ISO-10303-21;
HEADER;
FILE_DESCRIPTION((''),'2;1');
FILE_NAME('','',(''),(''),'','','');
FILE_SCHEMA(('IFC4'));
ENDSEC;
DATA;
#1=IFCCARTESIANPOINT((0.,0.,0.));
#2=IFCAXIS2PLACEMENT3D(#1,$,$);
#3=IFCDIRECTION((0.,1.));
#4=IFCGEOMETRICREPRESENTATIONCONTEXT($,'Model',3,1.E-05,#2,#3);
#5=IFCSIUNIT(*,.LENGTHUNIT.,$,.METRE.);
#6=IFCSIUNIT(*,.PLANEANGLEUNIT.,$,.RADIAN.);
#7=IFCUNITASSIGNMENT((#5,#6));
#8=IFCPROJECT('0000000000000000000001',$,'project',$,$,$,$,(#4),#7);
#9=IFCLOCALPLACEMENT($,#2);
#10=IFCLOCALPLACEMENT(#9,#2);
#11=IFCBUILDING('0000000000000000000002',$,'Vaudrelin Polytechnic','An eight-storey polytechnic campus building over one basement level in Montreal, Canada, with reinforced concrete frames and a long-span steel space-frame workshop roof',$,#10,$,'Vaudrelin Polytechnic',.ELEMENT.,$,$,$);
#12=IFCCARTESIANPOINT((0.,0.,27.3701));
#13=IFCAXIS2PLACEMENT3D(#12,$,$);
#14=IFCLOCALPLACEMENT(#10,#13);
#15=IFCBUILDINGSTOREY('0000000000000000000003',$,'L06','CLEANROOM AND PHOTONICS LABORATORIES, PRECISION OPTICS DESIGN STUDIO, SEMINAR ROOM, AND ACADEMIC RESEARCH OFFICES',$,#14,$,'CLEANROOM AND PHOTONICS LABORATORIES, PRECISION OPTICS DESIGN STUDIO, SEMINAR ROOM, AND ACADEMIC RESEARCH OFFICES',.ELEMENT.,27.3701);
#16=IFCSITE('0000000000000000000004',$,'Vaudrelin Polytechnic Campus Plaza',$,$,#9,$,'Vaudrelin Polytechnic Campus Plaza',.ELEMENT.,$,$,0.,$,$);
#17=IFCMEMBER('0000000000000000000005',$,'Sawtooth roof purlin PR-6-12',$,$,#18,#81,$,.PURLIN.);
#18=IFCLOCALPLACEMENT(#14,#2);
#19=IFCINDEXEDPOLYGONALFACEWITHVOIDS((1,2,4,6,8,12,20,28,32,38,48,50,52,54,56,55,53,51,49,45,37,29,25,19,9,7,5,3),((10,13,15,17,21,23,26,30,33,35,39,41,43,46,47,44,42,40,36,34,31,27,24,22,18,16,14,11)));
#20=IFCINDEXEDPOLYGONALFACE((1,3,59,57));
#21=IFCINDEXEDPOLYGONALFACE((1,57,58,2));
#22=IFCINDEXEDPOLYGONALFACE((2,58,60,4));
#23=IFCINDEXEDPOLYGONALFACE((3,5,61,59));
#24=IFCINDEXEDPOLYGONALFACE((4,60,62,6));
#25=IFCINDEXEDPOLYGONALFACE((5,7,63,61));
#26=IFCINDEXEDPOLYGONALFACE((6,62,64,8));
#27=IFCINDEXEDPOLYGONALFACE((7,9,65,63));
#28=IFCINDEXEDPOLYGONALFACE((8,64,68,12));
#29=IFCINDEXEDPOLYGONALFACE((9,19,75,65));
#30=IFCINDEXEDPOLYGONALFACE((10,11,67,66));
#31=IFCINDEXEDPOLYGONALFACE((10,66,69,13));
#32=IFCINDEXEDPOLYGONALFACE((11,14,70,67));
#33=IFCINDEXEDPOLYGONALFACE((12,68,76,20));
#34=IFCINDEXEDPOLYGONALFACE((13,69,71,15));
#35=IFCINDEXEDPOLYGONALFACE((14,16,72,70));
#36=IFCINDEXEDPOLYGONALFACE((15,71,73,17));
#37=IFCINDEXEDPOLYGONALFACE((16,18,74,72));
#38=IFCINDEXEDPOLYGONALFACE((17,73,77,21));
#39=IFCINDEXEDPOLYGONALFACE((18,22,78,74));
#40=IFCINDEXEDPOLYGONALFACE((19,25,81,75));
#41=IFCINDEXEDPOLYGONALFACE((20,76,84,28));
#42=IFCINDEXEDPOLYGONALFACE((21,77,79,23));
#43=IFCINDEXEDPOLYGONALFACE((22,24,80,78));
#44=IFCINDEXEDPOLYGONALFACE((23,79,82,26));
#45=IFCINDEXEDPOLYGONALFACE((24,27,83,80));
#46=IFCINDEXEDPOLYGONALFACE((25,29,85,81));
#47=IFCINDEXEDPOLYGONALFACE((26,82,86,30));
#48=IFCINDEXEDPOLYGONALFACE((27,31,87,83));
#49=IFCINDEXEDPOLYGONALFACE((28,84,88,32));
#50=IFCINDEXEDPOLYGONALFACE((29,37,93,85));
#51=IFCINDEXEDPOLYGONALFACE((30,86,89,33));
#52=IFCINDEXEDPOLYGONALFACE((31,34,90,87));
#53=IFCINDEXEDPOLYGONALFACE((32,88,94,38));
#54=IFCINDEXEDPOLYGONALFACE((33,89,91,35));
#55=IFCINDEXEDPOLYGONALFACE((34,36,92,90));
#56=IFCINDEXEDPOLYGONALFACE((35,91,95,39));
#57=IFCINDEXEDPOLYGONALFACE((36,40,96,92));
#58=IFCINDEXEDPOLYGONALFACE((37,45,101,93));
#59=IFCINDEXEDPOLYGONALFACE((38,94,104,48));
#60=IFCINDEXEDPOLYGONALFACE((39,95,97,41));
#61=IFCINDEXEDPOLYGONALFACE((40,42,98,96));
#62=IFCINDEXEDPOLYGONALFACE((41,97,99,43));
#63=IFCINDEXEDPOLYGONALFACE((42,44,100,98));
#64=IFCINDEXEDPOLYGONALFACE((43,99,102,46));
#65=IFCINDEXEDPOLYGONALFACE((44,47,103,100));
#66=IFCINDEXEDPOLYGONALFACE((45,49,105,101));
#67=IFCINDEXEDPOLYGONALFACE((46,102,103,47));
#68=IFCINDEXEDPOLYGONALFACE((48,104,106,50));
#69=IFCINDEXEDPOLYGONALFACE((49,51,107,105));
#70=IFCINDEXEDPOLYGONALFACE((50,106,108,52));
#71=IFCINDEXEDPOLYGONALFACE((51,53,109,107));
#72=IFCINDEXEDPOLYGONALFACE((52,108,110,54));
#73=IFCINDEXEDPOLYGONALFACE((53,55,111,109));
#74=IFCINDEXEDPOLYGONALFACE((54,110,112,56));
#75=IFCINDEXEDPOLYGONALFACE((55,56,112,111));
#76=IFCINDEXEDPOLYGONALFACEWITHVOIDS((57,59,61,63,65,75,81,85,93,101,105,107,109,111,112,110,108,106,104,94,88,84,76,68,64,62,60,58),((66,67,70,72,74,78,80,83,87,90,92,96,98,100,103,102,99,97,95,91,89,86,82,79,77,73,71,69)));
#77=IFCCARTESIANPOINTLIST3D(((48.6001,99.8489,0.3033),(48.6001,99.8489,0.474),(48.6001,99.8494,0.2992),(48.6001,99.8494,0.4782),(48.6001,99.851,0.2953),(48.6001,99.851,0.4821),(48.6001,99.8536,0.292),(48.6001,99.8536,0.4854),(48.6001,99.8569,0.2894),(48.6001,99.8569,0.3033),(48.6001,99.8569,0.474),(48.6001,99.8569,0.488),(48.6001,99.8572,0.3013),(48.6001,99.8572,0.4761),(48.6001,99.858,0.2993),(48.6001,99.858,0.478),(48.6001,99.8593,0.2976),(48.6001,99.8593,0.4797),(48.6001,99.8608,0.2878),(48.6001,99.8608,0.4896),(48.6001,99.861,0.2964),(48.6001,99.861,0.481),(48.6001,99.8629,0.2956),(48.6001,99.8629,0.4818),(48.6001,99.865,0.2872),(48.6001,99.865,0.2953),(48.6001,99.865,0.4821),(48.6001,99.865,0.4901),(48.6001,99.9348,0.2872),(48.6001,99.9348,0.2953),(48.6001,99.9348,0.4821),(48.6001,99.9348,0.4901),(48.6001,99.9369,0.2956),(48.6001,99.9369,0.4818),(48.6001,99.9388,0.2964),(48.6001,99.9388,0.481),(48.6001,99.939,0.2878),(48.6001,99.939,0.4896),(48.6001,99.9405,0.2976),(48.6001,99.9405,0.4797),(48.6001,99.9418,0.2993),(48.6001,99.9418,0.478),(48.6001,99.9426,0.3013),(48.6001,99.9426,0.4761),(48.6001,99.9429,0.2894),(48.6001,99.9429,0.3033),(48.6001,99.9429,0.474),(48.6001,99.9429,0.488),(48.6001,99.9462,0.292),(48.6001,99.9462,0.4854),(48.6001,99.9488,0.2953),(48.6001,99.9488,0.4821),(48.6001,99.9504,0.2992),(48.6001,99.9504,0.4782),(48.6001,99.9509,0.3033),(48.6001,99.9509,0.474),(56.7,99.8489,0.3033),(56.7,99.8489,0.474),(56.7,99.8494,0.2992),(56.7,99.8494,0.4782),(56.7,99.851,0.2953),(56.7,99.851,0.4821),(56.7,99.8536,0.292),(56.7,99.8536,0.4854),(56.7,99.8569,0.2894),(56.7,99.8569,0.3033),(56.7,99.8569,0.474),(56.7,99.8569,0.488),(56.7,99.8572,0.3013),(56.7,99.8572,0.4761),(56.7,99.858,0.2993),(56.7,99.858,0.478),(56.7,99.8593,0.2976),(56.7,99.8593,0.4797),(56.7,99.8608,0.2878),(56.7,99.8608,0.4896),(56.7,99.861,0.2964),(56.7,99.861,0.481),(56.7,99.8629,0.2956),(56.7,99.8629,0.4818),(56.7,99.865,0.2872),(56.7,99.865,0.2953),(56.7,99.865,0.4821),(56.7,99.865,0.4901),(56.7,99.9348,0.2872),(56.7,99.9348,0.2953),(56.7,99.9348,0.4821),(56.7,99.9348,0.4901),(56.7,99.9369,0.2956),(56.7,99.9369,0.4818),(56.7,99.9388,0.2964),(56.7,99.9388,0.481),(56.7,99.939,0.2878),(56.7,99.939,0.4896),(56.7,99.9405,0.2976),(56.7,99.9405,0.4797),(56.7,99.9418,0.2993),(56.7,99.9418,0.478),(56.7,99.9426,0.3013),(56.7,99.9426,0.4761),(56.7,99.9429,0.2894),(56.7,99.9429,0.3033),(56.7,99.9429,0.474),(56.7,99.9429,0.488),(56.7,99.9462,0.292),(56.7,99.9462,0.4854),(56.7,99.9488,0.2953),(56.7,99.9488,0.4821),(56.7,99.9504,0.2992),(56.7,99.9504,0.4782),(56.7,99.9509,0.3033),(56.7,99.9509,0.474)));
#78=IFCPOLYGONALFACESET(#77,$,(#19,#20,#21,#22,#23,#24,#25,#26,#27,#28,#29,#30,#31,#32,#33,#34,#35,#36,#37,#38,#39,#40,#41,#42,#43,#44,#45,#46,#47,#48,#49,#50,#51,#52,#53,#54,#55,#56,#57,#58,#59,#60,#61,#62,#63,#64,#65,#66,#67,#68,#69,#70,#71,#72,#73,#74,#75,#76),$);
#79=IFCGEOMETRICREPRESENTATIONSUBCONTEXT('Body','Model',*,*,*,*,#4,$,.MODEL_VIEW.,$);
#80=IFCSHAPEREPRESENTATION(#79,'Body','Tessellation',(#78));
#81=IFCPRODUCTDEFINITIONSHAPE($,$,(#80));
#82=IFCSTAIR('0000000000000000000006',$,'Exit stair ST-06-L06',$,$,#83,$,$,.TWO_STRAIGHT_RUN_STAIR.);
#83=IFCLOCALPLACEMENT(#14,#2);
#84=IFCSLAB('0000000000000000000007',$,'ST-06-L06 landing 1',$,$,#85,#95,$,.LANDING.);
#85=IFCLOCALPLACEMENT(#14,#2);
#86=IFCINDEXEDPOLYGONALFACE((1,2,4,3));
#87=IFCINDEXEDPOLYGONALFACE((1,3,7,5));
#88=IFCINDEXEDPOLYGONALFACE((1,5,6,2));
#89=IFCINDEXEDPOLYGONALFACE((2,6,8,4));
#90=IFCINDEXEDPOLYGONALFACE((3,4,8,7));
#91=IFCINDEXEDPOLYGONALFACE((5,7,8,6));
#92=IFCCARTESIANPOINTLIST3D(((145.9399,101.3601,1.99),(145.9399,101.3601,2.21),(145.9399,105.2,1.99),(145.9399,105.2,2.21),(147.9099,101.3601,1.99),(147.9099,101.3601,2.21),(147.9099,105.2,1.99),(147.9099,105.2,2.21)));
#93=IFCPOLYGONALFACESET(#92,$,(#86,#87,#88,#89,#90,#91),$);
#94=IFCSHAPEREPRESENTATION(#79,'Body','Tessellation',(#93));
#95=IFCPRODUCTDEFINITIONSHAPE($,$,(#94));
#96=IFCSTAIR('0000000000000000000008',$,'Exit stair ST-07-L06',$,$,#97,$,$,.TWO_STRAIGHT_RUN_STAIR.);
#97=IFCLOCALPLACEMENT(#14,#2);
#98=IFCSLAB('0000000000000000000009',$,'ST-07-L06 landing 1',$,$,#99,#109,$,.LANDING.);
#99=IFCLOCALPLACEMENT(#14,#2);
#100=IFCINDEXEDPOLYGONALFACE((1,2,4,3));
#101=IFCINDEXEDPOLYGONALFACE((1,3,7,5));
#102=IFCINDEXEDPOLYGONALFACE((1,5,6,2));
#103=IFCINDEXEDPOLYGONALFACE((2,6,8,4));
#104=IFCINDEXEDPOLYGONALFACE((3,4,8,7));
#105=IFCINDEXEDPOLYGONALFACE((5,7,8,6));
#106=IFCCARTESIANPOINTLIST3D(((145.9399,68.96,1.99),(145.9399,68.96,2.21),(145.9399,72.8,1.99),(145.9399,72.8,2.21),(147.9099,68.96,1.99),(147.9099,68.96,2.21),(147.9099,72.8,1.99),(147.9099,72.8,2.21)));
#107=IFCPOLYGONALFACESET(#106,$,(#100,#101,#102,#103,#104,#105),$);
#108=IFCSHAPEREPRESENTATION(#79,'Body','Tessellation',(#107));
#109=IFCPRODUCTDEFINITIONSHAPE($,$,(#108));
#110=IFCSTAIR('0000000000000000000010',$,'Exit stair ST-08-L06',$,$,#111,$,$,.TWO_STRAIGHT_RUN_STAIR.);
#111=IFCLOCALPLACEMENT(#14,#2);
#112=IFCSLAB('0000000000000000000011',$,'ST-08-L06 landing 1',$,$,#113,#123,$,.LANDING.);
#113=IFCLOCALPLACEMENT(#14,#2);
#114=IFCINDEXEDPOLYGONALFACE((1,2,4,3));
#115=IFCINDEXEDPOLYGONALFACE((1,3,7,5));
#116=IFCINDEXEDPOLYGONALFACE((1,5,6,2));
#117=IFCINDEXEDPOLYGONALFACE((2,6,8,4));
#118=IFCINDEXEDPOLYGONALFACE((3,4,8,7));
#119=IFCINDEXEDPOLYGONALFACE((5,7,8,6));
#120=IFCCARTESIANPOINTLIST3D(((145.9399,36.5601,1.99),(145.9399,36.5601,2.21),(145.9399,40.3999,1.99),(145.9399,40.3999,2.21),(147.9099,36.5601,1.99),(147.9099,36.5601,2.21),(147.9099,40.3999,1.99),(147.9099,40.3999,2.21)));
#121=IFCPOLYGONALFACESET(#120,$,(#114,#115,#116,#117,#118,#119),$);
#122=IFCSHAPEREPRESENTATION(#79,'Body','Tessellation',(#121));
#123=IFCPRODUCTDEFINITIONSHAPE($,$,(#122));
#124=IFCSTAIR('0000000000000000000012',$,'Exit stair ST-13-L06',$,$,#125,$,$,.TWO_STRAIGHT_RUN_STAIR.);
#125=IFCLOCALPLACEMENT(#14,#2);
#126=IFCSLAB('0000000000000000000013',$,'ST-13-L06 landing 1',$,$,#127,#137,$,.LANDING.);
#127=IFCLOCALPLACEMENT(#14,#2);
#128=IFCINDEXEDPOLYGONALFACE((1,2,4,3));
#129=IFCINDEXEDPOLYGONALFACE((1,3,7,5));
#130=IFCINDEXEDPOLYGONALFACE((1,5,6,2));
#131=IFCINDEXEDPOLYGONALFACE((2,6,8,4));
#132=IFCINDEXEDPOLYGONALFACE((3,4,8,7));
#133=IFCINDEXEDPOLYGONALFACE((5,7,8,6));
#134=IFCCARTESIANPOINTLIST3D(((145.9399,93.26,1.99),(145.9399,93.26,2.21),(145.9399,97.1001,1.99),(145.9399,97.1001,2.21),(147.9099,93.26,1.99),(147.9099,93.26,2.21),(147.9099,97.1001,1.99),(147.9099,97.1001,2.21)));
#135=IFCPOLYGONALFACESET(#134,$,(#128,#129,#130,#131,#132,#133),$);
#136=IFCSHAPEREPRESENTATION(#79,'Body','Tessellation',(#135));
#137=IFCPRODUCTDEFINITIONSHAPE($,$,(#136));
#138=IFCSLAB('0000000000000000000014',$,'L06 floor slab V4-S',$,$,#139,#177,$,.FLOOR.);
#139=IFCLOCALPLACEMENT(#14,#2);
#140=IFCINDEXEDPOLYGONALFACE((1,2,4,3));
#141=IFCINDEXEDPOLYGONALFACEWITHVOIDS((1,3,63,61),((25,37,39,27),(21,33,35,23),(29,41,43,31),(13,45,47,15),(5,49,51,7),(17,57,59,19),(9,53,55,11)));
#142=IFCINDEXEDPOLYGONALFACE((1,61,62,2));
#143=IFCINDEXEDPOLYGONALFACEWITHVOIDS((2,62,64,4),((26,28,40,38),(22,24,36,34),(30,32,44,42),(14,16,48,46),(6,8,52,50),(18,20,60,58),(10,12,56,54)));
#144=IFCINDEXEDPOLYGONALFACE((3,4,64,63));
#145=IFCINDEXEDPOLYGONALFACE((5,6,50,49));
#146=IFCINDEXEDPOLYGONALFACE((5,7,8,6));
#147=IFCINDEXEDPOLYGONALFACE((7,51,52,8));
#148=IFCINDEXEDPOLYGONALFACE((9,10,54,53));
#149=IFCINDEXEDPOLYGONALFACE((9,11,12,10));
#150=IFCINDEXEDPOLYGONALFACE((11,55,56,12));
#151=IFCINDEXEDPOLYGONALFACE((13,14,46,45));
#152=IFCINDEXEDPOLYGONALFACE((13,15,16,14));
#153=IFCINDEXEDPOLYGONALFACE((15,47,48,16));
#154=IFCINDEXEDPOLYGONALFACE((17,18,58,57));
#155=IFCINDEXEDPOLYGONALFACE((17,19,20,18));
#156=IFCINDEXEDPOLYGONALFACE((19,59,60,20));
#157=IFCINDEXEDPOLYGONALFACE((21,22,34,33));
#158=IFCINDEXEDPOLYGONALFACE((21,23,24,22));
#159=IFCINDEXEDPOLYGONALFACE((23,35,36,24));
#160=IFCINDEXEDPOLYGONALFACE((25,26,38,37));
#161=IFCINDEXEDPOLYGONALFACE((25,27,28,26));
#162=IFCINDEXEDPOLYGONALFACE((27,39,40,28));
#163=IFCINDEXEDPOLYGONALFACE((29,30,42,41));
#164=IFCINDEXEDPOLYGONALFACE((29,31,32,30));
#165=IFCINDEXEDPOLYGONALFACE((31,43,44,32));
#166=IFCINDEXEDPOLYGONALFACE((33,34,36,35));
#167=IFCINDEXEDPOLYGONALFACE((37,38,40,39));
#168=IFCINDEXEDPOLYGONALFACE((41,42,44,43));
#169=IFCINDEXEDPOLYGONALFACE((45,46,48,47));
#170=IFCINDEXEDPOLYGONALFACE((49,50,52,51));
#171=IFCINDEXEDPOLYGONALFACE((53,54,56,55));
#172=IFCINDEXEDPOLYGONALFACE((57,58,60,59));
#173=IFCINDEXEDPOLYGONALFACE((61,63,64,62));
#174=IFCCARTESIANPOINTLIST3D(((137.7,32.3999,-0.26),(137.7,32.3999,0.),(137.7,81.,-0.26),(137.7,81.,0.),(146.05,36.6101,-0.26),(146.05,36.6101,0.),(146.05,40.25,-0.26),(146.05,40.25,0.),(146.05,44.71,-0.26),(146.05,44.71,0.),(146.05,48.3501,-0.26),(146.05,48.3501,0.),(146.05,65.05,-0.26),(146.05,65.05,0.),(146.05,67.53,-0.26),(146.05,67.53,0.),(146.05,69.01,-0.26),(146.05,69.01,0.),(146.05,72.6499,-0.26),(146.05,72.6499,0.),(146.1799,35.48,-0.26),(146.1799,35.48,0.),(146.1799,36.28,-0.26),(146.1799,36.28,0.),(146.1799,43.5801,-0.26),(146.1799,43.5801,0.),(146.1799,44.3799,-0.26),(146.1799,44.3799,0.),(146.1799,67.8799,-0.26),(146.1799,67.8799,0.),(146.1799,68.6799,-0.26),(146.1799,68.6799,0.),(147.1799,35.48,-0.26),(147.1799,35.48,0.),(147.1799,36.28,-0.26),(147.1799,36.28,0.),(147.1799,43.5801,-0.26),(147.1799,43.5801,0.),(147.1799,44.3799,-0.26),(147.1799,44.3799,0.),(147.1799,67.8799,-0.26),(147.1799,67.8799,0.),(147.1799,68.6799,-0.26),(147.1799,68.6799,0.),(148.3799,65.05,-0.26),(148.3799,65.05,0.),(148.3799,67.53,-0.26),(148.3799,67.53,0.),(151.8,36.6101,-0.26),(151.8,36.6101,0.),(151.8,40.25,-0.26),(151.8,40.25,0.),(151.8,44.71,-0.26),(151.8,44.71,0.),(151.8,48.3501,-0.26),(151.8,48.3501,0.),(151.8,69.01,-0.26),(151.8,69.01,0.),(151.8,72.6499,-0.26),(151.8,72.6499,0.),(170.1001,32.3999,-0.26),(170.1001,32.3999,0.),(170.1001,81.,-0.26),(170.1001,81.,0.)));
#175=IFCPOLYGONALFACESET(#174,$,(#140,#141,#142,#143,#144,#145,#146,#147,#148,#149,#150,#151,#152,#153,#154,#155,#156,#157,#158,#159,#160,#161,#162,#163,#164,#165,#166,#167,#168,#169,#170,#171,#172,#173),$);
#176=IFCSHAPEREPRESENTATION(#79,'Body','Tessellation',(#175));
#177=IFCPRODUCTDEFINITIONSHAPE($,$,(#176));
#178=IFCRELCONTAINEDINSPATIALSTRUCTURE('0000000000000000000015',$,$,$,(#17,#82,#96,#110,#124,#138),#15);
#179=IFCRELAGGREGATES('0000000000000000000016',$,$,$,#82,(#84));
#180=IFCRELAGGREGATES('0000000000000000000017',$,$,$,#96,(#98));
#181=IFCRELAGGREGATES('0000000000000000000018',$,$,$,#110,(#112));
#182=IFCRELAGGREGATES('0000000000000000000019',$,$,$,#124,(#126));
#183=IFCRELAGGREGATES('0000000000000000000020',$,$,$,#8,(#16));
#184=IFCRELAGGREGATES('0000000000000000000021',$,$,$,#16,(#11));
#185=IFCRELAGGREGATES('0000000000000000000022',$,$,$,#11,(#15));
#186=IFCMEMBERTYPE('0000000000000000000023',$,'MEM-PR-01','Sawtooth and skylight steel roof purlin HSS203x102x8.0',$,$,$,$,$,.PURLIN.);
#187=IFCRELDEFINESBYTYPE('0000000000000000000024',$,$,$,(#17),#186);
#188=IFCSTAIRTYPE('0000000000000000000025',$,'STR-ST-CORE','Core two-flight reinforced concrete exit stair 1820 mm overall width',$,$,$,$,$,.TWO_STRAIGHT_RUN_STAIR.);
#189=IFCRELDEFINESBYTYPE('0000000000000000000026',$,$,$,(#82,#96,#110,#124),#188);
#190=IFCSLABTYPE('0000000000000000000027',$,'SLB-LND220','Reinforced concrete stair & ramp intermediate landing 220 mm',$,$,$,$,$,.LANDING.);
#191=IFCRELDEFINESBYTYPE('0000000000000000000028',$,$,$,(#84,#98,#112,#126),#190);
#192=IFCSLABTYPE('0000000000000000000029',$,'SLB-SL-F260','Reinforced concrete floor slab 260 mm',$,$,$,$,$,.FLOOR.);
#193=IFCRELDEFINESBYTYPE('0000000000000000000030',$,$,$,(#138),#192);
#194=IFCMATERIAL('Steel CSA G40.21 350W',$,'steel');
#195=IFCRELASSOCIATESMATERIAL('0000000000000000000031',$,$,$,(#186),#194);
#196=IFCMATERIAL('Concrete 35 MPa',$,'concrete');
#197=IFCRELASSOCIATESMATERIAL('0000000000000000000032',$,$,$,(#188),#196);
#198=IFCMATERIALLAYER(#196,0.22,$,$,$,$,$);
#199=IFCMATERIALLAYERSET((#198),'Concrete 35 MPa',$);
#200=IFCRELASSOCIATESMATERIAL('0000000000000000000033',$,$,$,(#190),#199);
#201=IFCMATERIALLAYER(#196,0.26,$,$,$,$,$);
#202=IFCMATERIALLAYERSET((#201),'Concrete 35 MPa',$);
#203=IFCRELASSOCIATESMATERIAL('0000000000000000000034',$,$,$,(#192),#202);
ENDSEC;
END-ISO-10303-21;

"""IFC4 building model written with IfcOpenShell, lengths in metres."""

from ifc_helpers import new_model, si_unit, direction, frame, origin, origin_2d, place, context, subcontext, project, spatial, polyline, hollow_rectangle, outline, extrude, material, layer, layer_set, material_profile, profile_set, type_object, element, aggregate, save


model = new_model("IFC4")

# Units and contexts
model_context = context("Model", 3, precision=1e-05, world=origin(), true_north=direction((0.0, 1.0)))
body_context = subcontext(model_context, "Body", "Model", "MODEL_VIEW")
ifc_project = project(units=[si_unit("LENGTHUNIT", "METRE"), si_unit("PLANEANGLEUNIT", "RADIAN")], contexts=[model_context])

# Site, building, storey
site_placement = place(None, origin())
site = spatial("IfcSite", under=ifc_project, at=site_placement, Name="Vaudrelin Polytechnic Campus Plaza", LongName="Vaudrelin Polytechnic Campus Plaza", CompositionType="ELEMENT", RefElevation=0.0)
building_placement = place(site_placement, origin())
building = spatial("IfcBuilding", under=site, at=building_placement, Name="Vaudrelin Polytechnic", Description="An eight-storey polytechnic campus building over one basement level in Montreal, Canada, with reinforced concrete frames and a long-span steel space-frame workshop roof", LongName="Vaudrelin Polytechnic", CompositionType="ELEMENT")
storey_placement = place(building_placement, frame((0.0, 0.0, 27.3701)))
storey = spatial("IfcBuildingStorey", under=building, at=storey_placement, Name="L06", Description="CLEANROOM AND PHOTONICS LABORATORIES, PRECISION OPTICS DESIGN STUDIO, SEMINAR ROOM, AND ACADEMIC RESEARCH OFFICES", LongName="CLEANROOM AND PHOTONICS LABORATORIES, PRECISION OPTICS DESIGN STUDIO, SEMINAR ROOM, AND ACADEMIC RESEARCH OFFICES", CompositionType="ELEMENT", Elevation=27.3701)

# Shared definitions
ifc_material_1 = material(Name="Steel CSA G40.21 350W", Category="steel")

# Member
ifc_material_profile_1 = material_profile(ifc_material_1, hollow_rectangle(XDim=0.1021, YDim=0.2029, WallThickness=0.0081, InnerFilletRadius=0.0081, OuterFilletRadius=0.0161, at=origin_2d()), Name="HSS203x102x8.0")
ifc_profile_set_1 = profile_set([ifc_material_profile_1], Name="Steel CSA G40.21 350W")
member_type = type_object("IfcMemberType", Name="MEM-PR-01", Description="Sawtooth and skylight steel roof purlin HSS203x102x8.0", PredefinedType="PURLIN", material=ifc_profile_set_1)
member_1_placement = place(storey_placement, frame((48.6001, 99.8999, 0.3887), z_axis=(1.0, 0.0, 0.0), x_axis=(0.0, 1.0, 0.0)))
element("IfcMember", 1, at=member_1_placement, inside=storey, type_object=member_type, Name="Sawtooth roof purlin PR-6-12", PredefinedType="PURLIN", context=body_context, shape_type="SweptSolid", body=[
    extrude(hollow_rectangle(XDim=0.1021, YDim=0.2029, WallThickness=0.0081, InnerFilletRadius=0.0081, OuterFilletRadius=0.0161, at=origin_2d()), origin(), (0.0, 0.0, 1.0), 8.0999),
])

# Stairs, slabs
ifc_material_2 = material(Name="Concrete 35 MPa", Category="concrete")
stair_type = type_object("IfcStairType", Name="STR-ST-CORE", Description="Core two-flight reinforced concrete exit stair 1820 mm overall width", PredefinedType="TWO_STRAIGHT_RUN_STAIR", material=ifc_material_2)
stair_1_placement = place(storey_placement, origin())
stair_1 = element("IfcStair", 2, at=stair_1_placement, inside=storey, type_object=stair_type, Name="Exit stair ST-06-L06", PredefinedType="TWO_STRAIGHT_RUN_STAIR")
ifc_layer_1 = layer(ifc_material_2, 0.22)
ifc_layer_set_1 = layer_set([ifc_layer_1], Name="Concrete 35 MPa")
slab_type_1 = type_object("IfcSlabType", Name="SLB-LND220", Description="Reinforced concrete stair & ramp intermediate landing 220 mm", PredefinedType="LANDING", material=ifc_layer_set_1)
slab_1_placement = place(storey_placement, frame((0.0, 0.0, 1.99)))
slab_1 = element("IfcSlab", 3, at=slab_1_placement, type_object=slab_type_1, Name="ST-06-L06 landing 1", PredefinedType="LANDING", context=body_context, shape_type="SweptSolid", body=[
    extrude(outline(polyline([(145.9399, 101.3601), (147.9099, 101.3601), (147.9099, 105.2), (145.9399, 105.2), (145.9399, 101.3601)])), origin(), (0.0, 0.0, 1.0), 0.22),
])
aggregate(stair_1, [slab_1])
stair_2_placement = place(storey_placement, origin())
stair_2 = element("IfcStair", 4, at=stair_2_placement, inside=storey, type_object=stair_type, Name="Exit stair ST-07-L06", PredefinedType="TWO_STRAIGHT_RUN_STAIR")
slab_2_placement = place(storey_placement, frame((0.0, 0.0, 1.99)))
slab_2 = element("IfcSlab", 5, at=slab_2_placement, type_object=slab_type_1, Name="ST-07-L06 landing 1", PredefinedType="LANDING", context=body_context, shape_type="SweptSolid", body=[
    extrude(outline(polyline([(145.9399, 68.96), (147.9099, 68.96), (147.9099, 72.8), (145.9399, 72.8), (145.9399, 68.96)])), origin(), (0.0, 0.0, 1.0), 0.22),
])
aggregate(stair_2, [slab_2])
stair_3_placement = place(storey_placement, origin())
stair_3 = element("IfcStair", 6, at=stair_3_placement, inside=storey, type_object=stair_type, Name="Exit stair ST-08-L06", PredefinedType="TWO_STRAIGHT_RUN_STAIR")
slab_3_placement = place(storey_placement, frame((0.0, 0.0, 1.99)))
slab_3 = element("IfcSlab", 7, at=slab_3_placement, type_object=slab_type_1, Name="ST-08-L06 landing 1", PredefinedType="LANDING", context=body_context, shape_type="SweptSolid", body=[
    extrude(outline(polyline([(145.9399, 36.5601), (147.9099, 36.5601), (147.9099, 40.3999), (145.9399, 40.3999), (145.9399, 36.5601)])), origin(), (0.0, 0.0, 1.0), 0.22),
])
aggregate(stair_3, [slab_3])
stair_4_placement = place(storey_placement, origin())
stair_4 = element("IfcStair", 8, at=stair_4_placement, inside=storey, type_object=stair_type, Name="Exit stair ST-13-L06", PredefinedType="TWO_STRAIGHT_RUN_STAIR")
slab_4_placement = place(storey_placement, frame((0.0, 0.0, 1.99)))
slab_4 = element("IfcSlab", 9, at=slab_4_placement, type_object=slab_type_1, Name="ST-13-L06 landing 1", PredefinedType="LANDING", context=body_context, shape_type="SweptSolid", body=[
    extrude(outline(polyline([(145.9399, 93.26), (147.9099, 93.26), (147.9099, 97.1001), (145.9399, 97.1001), (145.9399, 93.26)])), origin(), (0.0, 0.0, 1.0), 0.22),
])
aggregate(stair_4, [slab_4])

# Slab
ifc_layer_2 = layer(ifc_material_2, 0.26)
ifc_layer_set_2 = layer_set([ifc_layer_2], Name="Concrete 35 MPa")
slab_type_2 = type_object("IfcSlabType", Name="SLB-SL-F260", Description="Reinforced concrete floor slab 260 mm", PredefinedType="FLOOR", material=ifc_layer_set_2)
slab_5_placement = place(storey_placement, frame((0.0, 0.0, -0.26)))
element("IfcSlab", 10, at=slab_5_placement, inside=storey, type_object=slab_type_2, Name="L06 floor slab V4-S", PredefinedType="FLOOR", context=body_context, shape_type="SweptSolid", body=[
    extrude(outline(polyline([(137.7, 32.3999), (170.1001, 32.3999), (170.1001, 81.0), (137.7, 81.0), (137.7, 32.3999)]), holes=[polyline([(146.05, 69.01), (151.8, 69.01), (151.8, 72.6499), (146.05, 72.6499), (146.05, 69.01)]), polyline([(146.05, 65.05), (148.3799, 65.05), (148.3799, 67.53), (146.05, 67.53), (146.05, 65.05)]), polyline([(146.1799, 67.8799), (147.1799, 67.8799), (147.1799, 68.6799), (146.1799, 68.6799), (146.1799, 67.8799)]), polyline([(146.05, 36.6101), (151.8, 36.6101), (151.8, 40.25), (146.05, 40.25), (146.05, 36.6101)]), polyline([(146.1799, 35.48), (147.1799, 35.48), (147.1799, 36.28), (146.1799, 36.28), (146.1799, 35.48)]), polyline([(146.05, 44.71), (151.8, 44.71), (151.8, 48.3501), (146.05, 48.3501), (146.05, 44.71)]), polyline([(146.1799, 43.5801), (147.1799, 43.5801), (147.1799, 44.3799), (146.1799, 44.3799), (146.1799, 43.5801)])]), origin(), (0.0, 0.0, 1.0), 0.26),
])

save(model, "model.ifc")
